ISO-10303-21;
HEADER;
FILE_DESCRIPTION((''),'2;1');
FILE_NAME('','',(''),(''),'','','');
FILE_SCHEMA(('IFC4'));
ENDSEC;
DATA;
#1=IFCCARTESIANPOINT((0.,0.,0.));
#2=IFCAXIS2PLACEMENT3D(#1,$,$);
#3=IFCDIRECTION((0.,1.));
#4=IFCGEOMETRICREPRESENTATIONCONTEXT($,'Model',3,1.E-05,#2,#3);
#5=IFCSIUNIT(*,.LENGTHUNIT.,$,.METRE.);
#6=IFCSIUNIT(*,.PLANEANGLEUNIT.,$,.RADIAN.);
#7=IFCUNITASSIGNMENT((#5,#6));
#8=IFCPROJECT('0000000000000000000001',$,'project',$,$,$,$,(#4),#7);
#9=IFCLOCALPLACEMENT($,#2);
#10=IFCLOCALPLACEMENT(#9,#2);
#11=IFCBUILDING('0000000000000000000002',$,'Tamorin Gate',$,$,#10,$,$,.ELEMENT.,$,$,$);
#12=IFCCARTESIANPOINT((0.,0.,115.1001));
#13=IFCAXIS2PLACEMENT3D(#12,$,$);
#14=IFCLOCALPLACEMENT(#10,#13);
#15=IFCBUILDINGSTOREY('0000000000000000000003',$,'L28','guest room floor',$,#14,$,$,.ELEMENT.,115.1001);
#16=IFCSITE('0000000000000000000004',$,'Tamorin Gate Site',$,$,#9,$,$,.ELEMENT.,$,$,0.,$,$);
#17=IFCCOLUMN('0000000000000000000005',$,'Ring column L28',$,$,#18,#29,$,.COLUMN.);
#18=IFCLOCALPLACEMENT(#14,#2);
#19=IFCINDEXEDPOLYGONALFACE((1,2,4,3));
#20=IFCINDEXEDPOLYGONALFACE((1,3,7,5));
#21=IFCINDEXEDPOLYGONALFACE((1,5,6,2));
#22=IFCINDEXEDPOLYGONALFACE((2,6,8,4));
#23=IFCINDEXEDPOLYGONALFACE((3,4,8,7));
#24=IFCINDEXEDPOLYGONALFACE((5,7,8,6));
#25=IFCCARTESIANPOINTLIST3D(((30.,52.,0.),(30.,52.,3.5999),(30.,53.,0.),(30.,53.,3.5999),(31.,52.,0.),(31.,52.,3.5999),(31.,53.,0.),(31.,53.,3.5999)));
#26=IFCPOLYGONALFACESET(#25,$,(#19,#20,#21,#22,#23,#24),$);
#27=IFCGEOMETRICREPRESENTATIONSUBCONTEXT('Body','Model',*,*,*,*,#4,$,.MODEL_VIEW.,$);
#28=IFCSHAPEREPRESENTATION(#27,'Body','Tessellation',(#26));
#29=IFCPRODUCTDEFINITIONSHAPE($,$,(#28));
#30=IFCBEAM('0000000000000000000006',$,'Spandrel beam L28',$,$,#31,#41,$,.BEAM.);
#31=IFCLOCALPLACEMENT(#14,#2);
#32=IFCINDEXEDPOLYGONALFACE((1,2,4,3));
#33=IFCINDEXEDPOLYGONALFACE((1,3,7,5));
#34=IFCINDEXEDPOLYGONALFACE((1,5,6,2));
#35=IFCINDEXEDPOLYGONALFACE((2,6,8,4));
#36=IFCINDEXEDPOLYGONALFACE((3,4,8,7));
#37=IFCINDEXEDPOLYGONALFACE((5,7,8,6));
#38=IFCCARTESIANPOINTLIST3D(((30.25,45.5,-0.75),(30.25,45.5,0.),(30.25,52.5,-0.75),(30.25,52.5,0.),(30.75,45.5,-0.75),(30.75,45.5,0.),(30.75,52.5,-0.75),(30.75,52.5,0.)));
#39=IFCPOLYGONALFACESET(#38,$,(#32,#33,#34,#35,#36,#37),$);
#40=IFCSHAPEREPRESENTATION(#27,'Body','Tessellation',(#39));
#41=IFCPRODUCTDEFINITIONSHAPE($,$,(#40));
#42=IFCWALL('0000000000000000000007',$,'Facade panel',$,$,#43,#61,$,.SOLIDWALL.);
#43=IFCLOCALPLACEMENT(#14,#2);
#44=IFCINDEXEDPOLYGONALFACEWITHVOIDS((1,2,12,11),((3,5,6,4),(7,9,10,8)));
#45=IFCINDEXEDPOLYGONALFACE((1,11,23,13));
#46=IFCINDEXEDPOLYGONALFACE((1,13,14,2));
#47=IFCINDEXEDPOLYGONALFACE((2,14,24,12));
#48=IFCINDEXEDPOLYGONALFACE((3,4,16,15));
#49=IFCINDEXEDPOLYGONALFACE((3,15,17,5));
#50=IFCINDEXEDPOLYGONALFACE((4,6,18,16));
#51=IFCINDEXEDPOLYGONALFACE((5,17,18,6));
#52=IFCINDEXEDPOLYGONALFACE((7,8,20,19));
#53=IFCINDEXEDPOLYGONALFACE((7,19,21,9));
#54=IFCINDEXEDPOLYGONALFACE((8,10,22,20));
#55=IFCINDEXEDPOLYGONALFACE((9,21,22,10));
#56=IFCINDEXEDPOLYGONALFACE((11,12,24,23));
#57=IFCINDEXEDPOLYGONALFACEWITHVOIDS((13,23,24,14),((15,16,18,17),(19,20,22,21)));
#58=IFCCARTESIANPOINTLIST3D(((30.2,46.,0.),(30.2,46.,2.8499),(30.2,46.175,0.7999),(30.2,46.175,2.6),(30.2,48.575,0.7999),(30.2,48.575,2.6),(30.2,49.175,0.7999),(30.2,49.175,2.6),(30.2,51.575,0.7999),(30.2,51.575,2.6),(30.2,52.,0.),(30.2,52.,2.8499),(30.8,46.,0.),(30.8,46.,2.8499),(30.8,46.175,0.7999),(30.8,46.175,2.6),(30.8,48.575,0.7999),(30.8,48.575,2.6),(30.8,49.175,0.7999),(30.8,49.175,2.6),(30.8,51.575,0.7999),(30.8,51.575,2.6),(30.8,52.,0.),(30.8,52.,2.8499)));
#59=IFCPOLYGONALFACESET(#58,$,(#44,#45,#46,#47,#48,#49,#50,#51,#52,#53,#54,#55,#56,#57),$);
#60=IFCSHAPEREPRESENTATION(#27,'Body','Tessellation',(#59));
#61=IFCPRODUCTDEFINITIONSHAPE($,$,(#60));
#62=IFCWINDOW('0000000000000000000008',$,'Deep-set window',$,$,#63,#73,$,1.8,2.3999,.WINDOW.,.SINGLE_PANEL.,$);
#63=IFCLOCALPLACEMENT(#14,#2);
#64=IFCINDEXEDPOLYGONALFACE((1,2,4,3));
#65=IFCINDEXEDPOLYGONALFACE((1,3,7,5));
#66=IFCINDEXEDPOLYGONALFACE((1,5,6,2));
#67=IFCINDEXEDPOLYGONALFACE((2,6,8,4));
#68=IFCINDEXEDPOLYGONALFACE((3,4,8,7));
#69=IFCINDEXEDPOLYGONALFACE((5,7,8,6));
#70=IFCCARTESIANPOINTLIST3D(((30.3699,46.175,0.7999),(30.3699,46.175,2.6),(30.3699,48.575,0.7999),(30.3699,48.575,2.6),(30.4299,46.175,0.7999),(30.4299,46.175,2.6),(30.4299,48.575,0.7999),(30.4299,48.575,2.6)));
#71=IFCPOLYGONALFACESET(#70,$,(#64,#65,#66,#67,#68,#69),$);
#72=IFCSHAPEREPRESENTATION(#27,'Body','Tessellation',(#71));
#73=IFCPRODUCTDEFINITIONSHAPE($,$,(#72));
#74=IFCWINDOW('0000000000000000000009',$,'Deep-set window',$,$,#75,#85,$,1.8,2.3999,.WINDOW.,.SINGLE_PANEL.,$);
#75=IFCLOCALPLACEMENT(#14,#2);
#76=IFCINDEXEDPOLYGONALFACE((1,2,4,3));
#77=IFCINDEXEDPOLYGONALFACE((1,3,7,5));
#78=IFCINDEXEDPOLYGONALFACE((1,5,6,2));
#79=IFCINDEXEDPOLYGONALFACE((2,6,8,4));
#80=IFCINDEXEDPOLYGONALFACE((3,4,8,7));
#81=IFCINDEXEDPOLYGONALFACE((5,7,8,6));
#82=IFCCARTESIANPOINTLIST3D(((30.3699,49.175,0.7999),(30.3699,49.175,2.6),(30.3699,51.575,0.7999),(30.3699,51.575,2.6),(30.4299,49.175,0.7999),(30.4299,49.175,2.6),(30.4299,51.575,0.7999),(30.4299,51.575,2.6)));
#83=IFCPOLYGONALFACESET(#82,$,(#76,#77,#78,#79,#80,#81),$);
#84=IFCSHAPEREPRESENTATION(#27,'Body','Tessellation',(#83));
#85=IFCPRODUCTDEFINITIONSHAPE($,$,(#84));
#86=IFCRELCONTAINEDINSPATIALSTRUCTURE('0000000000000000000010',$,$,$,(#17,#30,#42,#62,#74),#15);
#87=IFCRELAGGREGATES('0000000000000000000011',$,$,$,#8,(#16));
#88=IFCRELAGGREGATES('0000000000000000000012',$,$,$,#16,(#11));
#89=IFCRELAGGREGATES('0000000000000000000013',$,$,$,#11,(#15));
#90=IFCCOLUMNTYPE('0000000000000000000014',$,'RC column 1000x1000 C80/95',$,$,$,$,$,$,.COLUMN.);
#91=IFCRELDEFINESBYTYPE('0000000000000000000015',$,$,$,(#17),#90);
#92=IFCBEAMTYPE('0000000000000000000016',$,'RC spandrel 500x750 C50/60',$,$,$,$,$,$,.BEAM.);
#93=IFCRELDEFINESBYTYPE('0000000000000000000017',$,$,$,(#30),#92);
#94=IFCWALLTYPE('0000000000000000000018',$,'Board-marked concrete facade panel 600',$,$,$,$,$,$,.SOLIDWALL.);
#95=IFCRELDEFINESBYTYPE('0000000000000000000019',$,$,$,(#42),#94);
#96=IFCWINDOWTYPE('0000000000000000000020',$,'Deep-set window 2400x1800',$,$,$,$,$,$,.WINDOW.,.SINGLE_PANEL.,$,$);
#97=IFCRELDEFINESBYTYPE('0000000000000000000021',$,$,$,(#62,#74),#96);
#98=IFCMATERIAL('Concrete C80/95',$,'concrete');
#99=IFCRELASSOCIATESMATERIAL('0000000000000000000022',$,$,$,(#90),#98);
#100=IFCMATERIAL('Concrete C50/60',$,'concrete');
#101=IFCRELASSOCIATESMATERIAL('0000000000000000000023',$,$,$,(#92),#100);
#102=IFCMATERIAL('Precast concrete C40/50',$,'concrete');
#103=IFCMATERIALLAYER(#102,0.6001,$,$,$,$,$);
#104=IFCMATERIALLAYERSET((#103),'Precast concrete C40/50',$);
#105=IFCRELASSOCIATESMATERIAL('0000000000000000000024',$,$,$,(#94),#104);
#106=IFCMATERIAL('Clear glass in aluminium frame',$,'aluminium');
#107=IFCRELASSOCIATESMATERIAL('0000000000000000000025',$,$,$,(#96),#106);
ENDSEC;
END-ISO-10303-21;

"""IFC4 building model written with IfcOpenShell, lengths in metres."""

from ifc_helpers import new_model, si_unit, direction, frame, frame_2d, origin, origin_2d, place, context, subcontext, project, spatial, rectangle, extrude, material, layer, layer_set, material_profile, profile_set, type_object, element, fill, save


model = new_model("IFC4")

# Units and contexts
model_context = context("Model", 3, precision=1e-05, world=origin(), true_north=direction((0.0, 1.0)))
body_context = subcontext(model_context, "Body", "Model", "MODEL_VIEW")
ifc_project = project(units=[si_unit("LENGTHUNIT", "METRE"), si_unit("PLANEANGLEUNIT", "RADIAN")], contexts=[model_context])

# Site, building, storey
site_placement = place(None, origin())
site = spatial("IfcSite", under=ifc_project, at=site_placement, Name="Tamorin Gate Site", CompositionType="ELEMENT", RefElevation=0.0)
building_placement = place(site_placement, origin())
building = spatial("IfcBuilding", under=site, at=building_placement, Name="Tamorin Gate", CompositionType="ELEMENT")
storey_placement = place(building_placement, frame((0.0, 0.0, 115.1001)))
storey = spatial("IfcBuildingStorey", under=building, at=storey_placement, Name="L28", Description="guest room floor", CompositionType="ELEMENT", Elevation=115.1001)

# Column
ifc_material_1 = material(Name="Concrete C80/95", Category="concrete")
ifc_material_profile_1 = material_profile(ifc_material_1, rectangle(XDim=1.0, YDim=1.0, at=origin_2d()), Name="RC 1000x1000")
ifc_profile_set_1 = profile_set([ifc_material_profile_1], Name="Concrete C80/95")
column_type = type_object("IfcColumnType", Name="RC column 1000x1000 C80/95", PredefinedType="COLUMN", material=ifc_profile_set_1)
column_placement = place(storey_placement, frame((30.5, 52.5, 0.0), z_axis=(0.0, 0.0, 1.0), x_axis=(1.0, 0.0, 0.0)))
element("IfcColumn", 1, at=column_placement, inside=storey, type_object=column_type, Name="Ring column L28", PredefinedType="COLUMN", context=body_context, shape_type="SweptSolid", body=[
    extrude(rectangle(XDim=1.0, YDim=1.0, at=origin_2d()), origin(), (0.0, 0.0, 1.0), 3.5999),
])

# Beam
ifc_material_2 = material(Name="Concrete C50/60", Category="concrete")
ifc_material_profile_2 = material_profile(ifc_material_2, rectangle(XDim=0.5, YDim=0.75, at=origin_2d()), Name="RC 500x750")
ifc_profile_set_2 = profile_set([ifc_material_profile_2], Name="Concrete C50/60")
beam_type = type_object("IfcBeamType", Name="RC spandrel 500x750 C50/60", PredefinedType="BEAM", material=ifc_profile_set_2)
beam_placement = place(storey_placement, frame((30.5, 52.5, -0.375), z_axis=(0.0, -1.0, 0.0), x_axis=(1.0, 0.0, 0.0)))
element("IfcBeam", 2, at=beam_placement, inside=storey, type_object=beam_type, Name="Spandrel beam L28", PredefinedType="BEAM", context=body_context, shape_type="SweptSolid", body=[
    extrude(rectangle(XDim=0.5, YDim=0.75, at=origin_2d()), origin(), (0.0, 0.0, 1.0), 7.0),
])

# Wall, openings, windows
ifc_material_3 = material(Name="Precast concrete C40/50", Category="concrete")
ifc_layer_1 = layer(ifc_material_3, 0.6001)
ifc_layer_set_1 = layer_set([ifc_layer_1], Name="Precast concrete C40/50")
wall_type_1 = type_object("IfcWallType", Name="Board-marked concrete facade panel 600", PredefinedType="SOLIDWALL", material=ifc_layer_set_1)
wall_1_placement = place(storey_placement, frame((30.5, 52.0, 0.0), z_axis=(0.0, 0.0, 1.0), x_axis=(0.0, -1.0, 0.0)))
wall_1 = element("IfcWall", 3, at=wall_1_placement, inside=storey, type_object=wall_type_1, Name="Facade panel", PredefinedType="SOLIDWALL", context=body_context, shape_type="SweptSolid", body=[
    extrude(rectangle(XDim=6.0, YDim=0.6001, at=frame_2d((3.0, 0.0))), origin(), (0.0, 0.0, 1.0), 2.8499),
])
opening_1_placement = place(wall_1_placement, frame((3.425, 0.0, 0.8)))
opening_1 = element("IfcOpeningElement", 4, at=opening_1_placement, cuts=wall_1, PredefinedType="OPENING", context=body_context, shape_type="SweptSolid", body=[
    extrude(rectangle(XDim=2.3999, YDim=1.8, at=frame_2d((1.2, 0.8999))), frame((0.0, 0.3101, 0.0), z_axis=(0.0, -1.0, 0.0), x_axis=(1.0, 0.0, 0.0)), (0.0, 0.0, 1.0), 0.6201),
])
opening_2_placement = place(wall_1_placement, frame((0.425, 0.0, 0.8)))
opening_2 = element("IfcOpeningElement", 5, at=opening_2_placement, cuts=wall_1, PredefinedType="OPENING", context=body_context, shape_type="SweptSolid", body=[
    extrude(rectangle(XDim=2.3999, YDim=1.8, at=frame_2d((1.2, 0.8999))), frame((0.0, 0.3101, 0.0), z_axis=(0.0, -1.0, 0.0), x_axis=(1.0, 0.0, 0.0)), (0.0, 0.0, 1.0), 0.6201),
])
ifc_material_4 = material(Name="Clear glass in aluminium frame", Category="aluminium")
window_type = type_object("IfcWindowType", Name="Deep-set window 2400x1800", PartitioningType="SINGLE_PANEL", PredefinedType="WINDOW", material=ifc_material_4)
window_1_placement = place(opening_1_placement, origin())
window_1 = element("IfcWindow", 6, at=window_1_placement, inside=storey, type_object=window_type, Name="Deep-set window", OverallHeight=1.8, OverallWidth=2.3999, PartitioningType="SINGLE_PANEL", PredefinedType="WINDOW", context=body_context, shape_type="SweptSolid", body=[
    extrude(rectangle(XDim=2.3999, YDim=1.8, at=frame_2d((1.2, 0.8999))), frame((0.0, -0.0701, 0.0), z_axis=(0.0, -1.0, 0.0), x_axis=(1.0, 0.0, 0.0)), (0.0, 0.0, 1.0), 0.0601),
])
fill(opening_1, window_1)
window_2_placement = place(opening_2_placement, origin())
window_2 = element("IfcWindow", 7, at=window_2_placement, inside=storey, type_object=window_type, Name="Deep-set window", OverallHeight=1.8, OverallWidth=2.3999, PartitioningType="SINGLE_PANEL", PredefinedType="WINDOW", context=body_context, shape_type="SweptSolid", body=[
    extrude(rectangle(XDim=2.3999, YDim=1.8, at=frame_2d((1.2, 0.8999))), frame((0.0, -0.0701, 0.0), z_axis=(0.0, -1.0, 0.0), x_axis=(1.0, 0.0, 0.0)), (0.0, 0.0, 1.0), 0.0601),
])
fill(opening_2, window_2)

save(model, "model.ifc")
